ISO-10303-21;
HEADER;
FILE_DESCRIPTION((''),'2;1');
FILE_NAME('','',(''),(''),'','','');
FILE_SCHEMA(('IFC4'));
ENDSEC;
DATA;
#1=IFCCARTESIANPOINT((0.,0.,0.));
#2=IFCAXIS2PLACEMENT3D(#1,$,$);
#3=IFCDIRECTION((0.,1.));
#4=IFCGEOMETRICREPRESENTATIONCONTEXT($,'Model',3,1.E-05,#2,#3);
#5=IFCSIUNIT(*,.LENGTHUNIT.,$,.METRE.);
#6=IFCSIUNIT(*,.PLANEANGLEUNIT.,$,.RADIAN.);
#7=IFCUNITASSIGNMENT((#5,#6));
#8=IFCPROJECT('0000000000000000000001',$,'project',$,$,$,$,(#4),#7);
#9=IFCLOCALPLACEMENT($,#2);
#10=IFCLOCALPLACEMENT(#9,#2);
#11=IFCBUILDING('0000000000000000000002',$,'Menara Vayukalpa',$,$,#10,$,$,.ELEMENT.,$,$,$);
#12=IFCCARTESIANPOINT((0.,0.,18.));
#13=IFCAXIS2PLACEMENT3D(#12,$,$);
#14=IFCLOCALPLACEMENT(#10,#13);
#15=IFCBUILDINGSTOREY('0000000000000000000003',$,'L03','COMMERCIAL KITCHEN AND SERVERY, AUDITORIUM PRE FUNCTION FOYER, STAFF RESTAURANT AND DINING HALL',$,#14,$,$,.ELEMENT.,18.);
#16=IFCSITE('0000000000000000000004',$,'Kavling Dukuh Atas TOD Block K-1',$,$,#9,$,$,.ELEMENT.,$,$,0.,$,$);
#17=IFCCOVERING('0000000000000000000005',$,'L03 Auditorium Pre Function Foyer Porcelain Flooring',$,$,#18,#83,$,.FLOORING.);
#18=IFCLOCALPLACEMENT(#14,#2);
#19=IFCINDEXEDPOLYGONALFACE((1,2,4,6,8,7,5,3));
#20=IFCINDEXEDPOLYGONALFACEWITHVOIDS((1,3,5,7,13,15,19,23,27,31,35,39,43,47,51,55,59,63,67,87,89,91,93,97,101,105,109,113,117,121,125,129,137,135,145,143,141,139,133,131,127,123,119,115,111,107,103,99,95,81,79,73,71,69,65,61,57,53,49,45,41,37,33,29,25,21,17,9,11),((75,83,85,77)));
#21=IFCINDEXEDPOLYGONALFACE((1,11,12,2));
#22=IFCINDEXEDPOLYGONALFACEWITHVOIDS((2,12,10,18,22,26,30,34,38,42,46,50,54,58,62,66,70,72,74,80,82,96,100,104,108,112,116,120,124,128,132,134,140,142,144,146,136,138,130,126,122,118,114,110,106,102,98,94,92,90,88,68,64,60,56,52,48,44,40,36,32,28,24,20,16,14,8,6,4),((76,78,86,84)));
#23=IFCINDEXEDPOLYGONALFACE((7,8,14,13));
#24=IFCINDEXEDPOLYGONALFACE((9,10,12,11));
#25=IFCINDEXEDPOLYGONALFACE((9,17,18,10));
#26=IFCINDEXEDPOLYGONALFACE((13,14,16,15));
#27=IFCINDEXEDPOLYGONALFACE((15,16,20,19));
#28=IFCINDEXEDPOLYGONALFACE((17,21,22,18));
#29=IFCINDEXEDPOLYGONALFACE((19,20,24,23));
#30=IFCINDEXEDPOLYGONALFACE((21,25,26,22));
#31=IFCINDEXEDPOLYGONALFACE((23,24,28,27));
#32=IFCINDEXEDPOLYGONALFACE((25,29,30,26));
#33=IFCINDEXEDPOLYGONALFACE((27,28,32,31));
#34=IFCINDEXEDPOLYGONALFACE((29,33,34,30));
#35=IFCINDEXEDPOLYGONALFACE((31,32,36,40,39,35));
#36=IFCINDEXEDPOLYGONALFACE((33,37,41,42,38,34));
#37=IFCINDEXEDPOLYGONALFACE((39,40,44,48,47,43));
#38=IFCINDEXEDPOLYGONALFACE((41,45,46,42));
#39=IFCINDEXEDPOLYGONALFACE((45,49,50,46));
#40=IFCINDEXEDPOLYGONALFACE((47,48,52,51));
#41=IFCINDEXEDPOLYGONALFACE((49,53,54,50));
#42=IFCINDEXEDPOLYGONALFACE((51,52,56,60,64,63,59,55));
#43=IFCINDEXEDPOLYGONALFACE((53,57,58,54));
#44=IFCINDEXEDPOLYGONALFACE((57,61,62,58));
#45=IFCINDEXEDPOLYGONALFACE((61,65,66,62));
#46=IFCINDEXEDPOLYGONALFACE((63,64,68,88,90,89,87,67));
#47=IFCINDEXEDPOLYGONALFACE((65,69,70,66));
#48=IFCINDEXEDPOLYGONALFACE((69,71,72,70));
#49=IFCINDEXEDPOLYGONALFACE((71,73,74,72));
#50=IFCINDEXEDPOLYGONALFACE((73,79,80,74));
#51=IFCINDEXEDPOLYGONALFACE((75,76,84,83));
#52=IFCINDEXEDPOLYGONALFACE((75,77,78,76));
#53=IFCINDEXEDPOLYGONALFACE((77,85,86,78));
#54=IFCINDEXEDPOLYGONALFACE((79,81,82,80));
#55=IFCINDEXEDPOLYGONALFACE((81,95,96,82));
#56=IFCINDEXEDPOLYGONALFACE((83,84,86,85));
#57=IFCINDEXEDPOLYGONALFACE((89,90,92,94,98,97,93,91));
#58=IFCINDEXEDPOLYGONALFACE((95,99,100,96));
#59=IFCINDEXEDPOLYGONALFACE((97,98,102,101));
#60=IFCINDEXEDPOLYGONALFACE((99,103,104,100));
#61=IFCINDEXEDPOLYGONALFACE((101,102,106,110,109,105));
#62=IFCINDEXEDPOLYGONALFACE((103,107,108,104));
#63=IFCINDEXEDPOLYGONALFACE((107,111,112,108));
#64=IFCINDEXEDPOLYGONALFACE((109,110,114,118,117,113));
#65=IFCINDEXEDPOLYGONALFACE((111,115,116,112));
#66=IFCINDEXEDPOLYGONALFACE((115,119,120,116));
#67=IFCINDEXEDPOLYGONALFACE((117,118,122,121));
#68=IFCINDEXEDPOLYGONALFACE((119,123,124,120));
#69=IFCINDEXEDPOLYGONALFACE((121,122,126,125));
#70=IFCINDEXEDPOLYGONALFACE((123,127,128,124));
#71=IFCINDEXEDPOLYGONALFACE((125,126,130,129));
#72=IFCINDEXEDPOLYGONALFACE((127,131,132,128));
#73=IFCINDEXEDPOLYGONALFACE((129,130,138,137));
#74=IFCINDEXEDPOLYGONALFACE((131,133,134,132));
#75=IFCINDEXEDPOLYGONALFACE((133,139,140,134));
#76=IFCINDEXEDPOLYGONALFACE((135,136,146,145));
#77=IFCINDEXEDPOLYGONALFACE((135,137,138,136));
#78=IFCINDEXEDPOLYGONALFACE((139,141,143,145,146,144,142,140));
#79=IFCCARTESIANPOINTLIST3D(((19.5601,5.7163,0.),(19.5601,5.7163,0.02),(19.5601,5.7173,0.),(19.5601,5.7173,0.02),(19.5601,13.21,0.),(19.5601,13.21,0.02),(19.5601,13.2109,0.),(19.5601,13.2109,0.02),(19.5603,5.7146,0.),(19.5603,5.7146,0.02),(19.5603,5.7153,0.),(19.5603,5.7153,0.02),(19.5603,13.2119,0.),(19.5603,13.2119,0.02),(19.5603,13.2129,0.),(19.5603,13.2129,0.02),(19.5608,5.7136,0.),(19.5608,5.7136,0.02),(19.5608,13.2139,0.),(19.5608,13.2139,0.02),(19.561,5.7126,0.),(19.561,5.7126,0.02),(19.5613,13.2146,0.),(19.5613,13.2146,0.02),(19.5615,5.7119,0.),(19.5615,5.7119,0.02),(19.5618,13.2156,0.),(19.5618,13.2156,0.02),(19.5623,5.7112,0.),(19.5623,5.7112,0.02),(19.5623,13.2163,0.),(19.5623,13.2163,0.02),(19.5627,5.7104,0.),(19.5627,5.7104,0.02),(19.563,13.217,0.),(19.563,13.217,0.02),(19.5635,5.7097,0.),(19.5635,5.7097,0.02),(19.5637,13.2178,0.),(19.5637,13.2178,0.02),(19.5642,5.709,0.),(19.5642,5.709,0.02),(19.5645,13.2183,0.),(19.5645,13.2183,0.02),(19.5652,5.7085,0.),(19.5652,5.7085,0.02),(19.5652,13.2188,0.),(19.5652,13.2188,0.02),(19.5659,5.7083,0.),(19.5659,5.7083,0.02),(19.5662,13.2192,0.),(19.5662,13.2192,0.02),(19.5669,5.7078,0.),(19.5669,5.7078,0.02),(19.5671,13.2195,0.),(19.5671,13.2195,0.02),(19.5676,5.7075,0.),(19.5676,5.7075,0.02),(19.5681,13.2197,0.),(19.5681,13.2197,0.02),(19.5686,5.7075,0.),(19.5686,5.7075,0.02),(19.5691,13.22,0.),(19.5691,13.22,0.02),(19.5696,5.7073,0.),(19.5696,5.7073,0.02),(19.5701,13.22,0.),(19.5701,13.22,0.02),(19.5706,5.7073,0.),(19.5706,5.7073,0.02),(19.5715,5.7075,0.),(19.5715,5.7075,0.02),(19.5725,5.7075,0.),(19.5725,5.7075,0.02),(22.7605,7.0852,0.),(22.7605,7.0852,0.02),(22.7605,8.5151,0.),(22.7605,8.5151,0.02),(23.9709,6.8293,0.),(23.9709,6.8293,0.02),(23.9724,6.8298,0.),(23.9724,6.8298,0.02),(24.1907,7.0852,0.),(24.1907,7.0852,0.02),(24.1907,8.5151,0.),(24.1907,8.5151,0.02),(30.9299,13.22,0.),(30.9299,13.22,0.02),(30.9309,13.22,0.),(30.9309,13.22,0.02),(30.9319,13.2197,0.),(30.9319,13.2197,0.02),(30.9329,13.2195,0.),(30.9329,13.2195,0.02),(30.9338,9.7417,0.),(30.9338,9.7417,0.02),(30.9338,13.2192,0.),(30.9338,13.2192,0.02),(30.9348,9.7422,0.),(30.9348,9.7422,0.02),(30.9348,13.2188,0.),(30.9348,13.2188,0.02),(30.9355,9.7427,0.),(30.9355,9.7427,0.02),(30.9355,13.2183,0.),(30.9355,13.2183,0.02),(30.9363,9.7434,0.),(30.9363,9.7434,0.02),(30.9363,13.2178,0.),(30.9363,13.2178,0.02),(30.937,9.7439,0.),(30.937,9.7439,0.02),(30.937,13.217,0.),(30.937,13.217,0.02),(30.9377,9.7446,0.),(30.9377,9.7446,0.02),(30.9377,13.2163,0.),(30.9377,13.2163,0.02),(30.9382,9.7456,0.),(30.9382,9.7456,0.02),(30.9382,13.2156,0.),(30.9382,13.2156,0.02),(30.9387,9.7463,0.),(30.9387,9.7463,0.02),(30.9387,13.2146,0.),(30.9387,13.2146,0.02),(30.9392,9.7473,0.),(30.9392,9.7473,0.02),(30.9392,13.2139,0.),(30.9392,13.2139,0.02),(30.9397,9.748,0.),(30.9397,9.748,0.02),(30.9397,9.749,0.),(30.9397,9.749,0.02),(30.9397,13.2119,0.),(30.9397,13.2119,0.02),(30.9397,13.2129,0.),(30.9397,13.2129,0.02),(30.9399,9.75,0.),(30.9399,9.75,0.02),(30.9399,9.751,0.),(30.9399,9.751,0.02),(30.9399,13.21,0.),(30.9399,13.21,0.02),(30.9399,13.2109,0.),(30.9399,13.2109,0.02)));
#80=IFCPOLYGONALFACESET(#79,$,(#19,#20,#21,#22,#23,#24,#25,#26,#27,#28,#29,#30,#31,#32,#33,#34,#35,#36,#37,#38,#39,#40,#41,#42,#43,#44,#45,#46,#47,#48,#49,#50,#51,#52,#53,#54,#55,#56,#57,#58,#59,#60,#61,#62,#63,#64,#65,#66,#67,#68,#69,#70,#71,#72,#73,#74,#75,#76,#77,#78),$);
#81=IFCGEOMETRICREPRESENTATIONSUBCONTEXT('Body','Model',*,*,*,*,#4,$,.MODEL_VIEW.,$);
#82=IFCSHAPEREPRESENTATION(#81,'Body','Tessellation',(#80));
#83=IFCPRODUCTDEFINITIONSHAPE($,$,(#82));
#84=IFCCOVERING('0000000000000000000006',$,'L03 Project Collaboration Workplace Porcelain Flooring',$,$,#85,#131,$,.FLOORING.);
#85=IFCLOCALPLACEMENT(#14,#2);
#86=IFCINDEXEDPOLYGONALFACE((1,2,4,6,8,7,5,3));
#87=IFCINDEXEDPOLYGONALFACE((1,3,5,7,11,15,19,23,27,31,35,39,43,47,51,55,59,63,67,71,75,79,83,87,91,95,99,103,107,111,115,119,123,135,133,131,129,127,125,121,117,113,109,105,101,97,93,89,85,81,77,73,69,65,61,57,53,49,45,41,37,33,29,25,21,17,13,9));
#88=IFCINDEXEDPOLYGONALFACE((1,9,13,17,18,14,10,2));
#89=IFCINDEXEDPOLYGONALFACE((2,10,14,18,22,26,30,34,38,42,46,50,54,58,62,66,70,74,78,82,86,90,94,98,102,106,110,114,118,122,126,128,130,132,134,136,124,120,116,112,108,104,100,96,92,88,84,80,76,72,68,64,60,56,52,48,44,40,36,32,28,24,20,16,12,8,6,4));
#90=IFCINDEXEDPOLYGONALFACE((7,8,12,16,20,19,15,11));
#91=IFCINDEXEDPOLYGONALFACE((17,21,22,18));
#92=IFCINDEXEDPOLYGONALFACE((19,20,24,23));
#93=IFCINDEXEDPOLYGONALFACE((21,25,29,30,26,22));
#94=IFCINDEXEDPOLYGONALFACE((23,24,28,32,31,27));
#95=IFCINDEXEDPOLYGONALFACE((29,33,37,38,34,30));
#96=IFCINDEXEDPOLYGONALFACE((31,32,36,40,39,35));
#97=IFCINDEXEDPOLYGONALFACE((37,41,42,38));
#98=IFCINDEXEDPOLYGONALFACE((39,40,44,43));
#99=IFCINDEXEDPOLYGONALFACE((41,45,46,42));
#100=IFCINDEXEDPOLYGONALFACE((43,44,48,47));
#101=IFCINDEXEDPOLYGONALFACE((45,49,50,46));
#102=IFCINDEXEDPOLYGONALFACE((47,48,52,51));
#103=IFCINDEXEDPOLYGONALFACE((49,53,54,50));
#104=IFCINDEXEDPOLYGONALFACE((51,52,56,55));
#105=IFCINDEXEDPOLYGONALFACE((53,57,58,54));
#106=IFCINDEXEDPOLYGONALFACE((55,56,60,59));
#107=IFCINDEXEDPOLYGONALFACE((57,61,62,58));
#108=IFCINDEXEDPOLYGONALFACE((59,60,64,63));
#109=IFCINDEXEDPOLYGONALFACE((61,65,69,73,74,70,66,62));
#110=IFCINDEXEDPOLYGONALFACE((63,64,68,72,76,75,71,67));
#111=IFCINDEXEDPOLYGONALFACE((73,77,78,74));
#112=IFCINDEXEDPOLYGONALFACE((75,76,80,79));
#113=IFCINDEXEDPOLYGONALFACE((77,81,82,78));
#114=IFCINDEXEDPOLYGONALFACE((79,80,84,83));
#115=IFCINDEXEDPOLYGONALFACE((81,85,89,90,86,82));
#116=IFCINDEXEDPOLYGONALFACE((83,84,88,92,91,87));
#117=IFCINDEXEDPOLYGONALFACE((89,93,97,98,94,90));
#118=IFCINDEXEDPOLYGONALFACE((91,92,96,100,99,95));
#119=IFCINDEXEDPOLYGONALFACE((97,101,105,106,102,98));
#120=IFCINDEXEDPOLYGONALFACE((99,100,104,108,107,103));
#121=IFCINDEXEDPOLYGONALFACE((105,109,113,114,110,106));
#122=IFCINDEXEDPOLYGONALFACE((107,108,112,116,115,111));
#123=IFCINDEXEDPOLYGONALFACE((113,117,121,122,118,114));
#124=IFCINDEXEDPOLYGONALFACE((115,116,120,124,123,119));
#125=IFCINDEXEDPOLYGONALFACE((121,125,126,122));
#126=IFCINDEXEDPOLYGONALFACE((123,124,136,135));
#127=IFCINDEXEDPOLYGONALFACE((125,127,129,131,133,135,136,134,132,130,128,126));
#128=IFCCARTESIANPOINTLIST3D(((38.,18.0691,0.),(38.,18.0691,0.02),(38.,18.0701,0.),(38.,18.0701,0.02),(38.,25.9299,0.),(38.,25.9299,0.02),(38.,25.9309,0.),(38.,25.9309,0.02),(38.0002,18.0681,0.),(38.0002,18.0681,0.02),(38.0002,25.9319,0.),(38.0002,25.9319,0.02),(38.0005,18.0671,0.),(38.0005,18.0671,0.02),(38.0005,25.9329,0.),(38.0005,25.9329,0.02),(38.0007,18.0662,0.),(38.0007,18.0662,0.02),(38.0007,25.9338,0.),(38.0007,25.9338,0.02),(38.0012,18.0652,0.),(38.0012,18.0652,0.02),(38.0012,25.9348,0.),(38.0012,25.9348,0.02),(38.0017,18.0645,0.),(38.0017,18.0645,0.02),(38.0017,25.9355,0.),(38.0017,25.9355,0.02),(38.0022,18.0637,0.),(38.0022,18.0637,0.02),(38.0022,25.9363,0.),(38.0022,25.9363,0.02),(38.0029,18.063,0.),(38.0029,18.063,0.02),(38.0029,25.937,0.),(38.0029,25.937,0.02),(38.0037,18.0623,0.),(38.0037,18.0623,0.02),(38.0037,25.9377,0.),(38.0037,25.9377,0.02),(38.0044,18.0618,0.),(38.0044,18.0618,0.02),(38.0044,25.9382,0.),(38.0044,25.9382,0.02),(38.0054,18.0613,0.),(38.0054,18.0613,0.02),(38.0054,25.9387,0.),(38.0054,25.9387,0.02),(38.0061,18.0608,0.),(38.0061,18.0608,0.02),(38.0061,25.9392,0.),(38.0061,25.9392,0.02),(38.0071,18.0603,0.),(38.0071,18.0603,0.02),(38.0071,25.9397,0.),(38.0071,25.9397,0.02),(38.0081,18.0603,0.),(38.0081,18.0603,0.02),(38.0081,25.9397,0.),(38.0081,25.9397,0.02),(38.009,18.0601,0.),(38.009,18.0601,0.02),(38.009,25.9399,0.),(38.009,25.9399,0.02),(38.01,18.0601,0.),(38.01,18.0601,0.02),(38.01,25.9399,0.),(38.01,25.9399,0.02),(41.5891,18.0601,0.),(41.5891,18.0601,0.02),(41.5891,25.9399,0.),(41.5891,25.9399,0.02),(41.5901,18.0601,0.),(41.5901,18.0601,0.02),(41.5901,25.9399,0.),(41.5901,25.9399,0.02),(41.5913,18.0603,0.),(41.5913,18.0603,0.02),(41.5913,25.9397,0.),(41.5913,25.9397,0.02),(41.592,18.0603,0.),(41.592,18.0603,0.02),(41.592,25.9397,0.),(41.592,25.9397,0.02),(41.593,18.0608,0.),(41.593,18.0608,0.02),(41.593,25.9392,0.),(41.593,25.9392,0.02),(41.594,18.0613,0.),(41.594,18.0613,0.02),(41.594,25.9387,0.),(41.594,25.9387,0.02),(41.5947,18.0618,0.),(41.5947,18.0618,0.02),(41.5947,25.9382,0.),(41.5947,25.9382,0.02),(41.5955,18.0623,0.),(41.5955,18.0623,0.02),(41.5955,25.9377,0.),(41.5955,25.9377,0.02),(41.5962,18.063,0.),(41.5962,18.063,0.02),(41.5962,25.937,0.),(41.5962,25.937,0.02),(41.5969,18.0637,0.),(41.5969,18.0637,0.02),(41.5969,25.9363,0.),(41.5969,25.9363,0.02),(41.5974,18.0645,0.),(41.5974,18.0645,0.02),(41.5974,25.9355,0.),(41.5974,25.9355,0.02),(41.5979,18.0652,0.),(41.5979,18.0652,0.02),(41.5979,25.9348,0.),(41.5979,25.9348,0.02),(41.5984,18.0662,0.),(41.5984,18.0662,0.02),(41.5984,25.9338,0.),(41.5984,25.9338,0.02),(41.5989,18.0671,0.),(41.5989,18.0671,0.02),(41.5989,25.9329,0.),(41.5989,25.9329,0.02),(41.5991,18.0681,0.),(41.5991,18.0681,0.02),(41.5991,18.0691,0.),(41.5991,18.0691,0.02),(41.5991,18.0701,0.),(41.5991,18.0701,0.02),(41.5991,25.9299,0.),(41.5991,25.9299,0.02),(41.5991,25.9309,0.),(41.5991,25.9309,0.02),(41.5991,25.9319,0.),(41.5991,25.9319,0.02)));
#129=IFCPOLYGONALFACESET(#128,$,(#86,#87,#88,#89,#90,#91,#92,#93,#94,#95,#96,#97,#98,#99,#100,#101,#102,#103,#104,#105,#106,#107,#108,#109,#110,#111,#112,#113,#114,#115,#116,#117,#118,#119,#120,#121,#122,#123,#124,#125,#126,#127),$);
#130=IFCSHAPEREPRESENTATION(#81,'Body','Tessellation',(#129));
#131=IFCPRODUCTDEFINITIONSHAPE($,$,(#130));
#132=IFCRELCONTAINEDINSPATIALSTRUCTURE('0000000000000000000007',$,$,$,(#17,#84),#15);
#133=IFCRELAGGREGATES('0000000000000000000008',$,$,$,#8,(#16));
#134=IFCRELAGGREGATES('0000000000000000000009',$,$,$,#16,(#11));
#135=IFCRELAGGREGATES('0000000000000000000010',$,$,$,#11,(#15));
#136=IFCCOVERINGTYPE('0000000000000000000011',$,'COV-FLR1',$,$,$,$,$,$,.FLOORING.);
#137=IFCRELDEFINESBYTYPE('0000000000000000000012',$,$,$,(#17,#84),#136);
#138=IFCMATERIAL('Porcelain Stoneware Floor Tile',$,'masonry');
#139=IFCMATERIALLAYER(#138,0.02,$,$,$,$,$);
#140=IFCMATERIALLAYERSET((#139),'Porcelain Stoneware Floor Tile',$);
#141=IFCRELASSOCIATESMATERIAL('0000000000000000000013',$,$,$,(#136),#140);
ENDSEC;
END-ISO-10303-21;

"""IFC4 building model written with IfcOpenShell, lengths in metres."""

from ifc_helpers import new_model, si_unit, direction, frame, origin, place, context, subcontext, project, spatial, polyline, outline, extrude, material, layer, layer_set, type_object, element, save


model = new_model("IFC4")

# Units and contexts
model_context = context("Model", 3, precision=1e-05, world=origin(), true_north=direction((0.0, 1.0)))
body_context = subcontext(model_context, "Body", "Model", "MODEL_VIEW")
ifc_project = project(units=[si_unit("LENGTHUNIT", "METRE"), si_unit("PLANEANGLEUNIT", "RADIAN")], contexts=[model_context])

# Site, building, storey
site_placement = place(None, origin())
site = spatial("IfcSite", under=ifc_project, at=site_placement, Name="Kavling Dukuh Atas TOD Block K-1", CompositionType="ELEMENT", RefElevation=0.0)
building_placement = place(site_placement, origin())
building = spatial("IfcBuilding", under=site, at=building_placement, Name="Menara Vayukalpa", CompositionType="ELEMENT")
storey_placement = place(building_placement, frame((0.0, 0.0, 18.0)))
storey = spatial("IfcBuildingStorey", under=building, at=storey_placement, Name="L03", Description="COMMERCIAL KITCHEN AND SERVERY, AUDITORIUM PRE FUNCTION FOYER, STAFF RESTAURANT AND DINING HALL", CompositionType="ELEMENT", Elevation=18.0)

# Coverings
ifc_material_1 = material(Name="Porcelain Stoneware Floor Tile", Category="masonry")
ifc_layer_1 = layer(ifc_material_1, 0.02)
ifc_layer_set_1 = layer_set([ifc_layer_1], Name="Porcelain Stoneware Floor Tile")
covering_type_1 = type_object("IfcCoveringType", Name="COV-FLR1", PredefinedType="FLOORING", material=ifc_layer_set_1)
covering_1_placement = place(storey_placement, origin())
element("IfcCovering", 1, at=covering_1_placement, inside=storey, type_object=covering_type_1, Name="L03 Auditorium Pre Function Foyer Porcelain Flooring", PredefinedType="FLOORING", context=body_context, shape_type="SweptSolid", body=[
    extrude(outline(polyline([(19.5725, 5.7075), (19.5715, 5.7075), (19.5706, 5.7073), (19.5696, 5.7073), (19.5686, 5.7075), (19.5676, 5.7075), (19.5669, 5.7078), (19.5659, 5.7083), (19.5652, 5.7085), (19.5642, 5.709), (19.5635, 5.7097), (19.5627, 5.7104), (19.5623, 5.7112), (19.5615, 5.7119), (19.561, 5.7126), (19.5608, 5.7136), (19.5603, 5.7146), (19.5603, 5.7153), (19.5601, 5.7163), (19.5601, 5.7173), (19.5601, 13.21), (19.5601, 13.2109), (19.5603, 13.2119), (19.5603, 13.2129), (19.5608, 13.2139), (19.5613, 13.2146), (19.5618, 13.2156), (19.5623, 13.2163), (19.563, 13.217), (19.5637, 13.2178), (19.5645, 13.2183), (19.5652, 13.2188), (19.5662, 13.2192), (19.5671, 13.2195), (19.5681, 13.2197), (19.5691, 13.22), (19.5701, 13.22), (30.9299, 13.22), (30.9309, 13.22), (30.9319, 13.2197), (30.9329, 13.2195), (30.9338, 13.2192), (30.9348, 13.2188), (30.9355, 13.2183), (30.9363, 13.2178), (30.937, 13.217), (30.9377, 13.2163), (30.9382, 13.2156), (30.9387, 13.2146), (30.9392, 13.2139), (30.9397, 13.2129), (30.9397, 13.2119), (30.9399, 13.2109), (30.9399, 13.21), (30.9399, 9.751), (30.9399, 9.75), (30.9397, 9.749), (30.9397, 9.748), (30.9392, 9.7473), (30.9387, 9.7463), (30.9382, 9.7456), (30.9377, 9.7446), (30.937, 9.7439), (30.9363, 9.7434), (30.9355, 9.7427), (30.9348, 9.7422), (30.9338, 9.7417), (23.9724, 6.8298), (23.9709, 6.8293), (19.5725, 5.7075)]), holes=[polyline([(24.1907, 8.5151), (22.7605, 8.5151), (22.7605, 7.0852), (24.1907, 7.0852), (24.1907, 8.5151)])]), origin(), (0.0, 0.0, 1.0), 0.02),
])
covering_2_placement = place(storey_placement, origin())
element("IfcCovering", 2, at=covering_2_placement, inside=storey, type_object=covering_type_1, Name="L03 Project Collaboration Workplace Porcelain Flooring", PredefinedType="FLOORING", context=body_context, shape_type="SweptSolid", body=[
    extrude(outline(polyline([(41.5991, 18.0691), (41.5991, 18.0681), (41.5989, 18.0671), (41.5984, 18.0662), (41.5979, 18.0652), (41.5974, 18.0645), (41.5969, 18.0637), (41.5962, 18.063), (41.5955, 18.0623), (41.5947, 18.0618), (41.594, 18.0613), (41.593, 18.0608), (41.592, 18.0603), (41.5913, 18.0603), (41.5901, 18.0601), (41.5891, 18.0601), (38.01, 18.0601), (38.009, 18.0601), (38.0081, 18.0603), (38.0071, 18.0603), (38.0061, 18.0608), (38.0054, 18.0613), (38.0044, 18.0618), (38.0037, 18.0623), (38.0029, 18.063), (38.0022, 18.0637), (38.0017, 18.0645), (38.0012, 18.0652), (38.0007, 18.0662), (38.0005, 18.0671), (38.0002, 18.0681), (38.0, 18.0691), (38.0, 18.0701), (38.0, 25.9299), (38.0, 25.9309), (38.0002, 25.9319), (38.0005, 25.9329), (38.0007, 25.9338), (38.0012, 25.9348), (38.0017, 25.9355), (38.0022, 25.9363), (38.0029, 25.937), (38.0037, 25.9377), (38.0044, 25.9382), (38.0054, 25.9387), (38.0061, 25.9392), (38.0071, 25.9397), (38.0081, 25.9397), (38.009, 25.9399), (38.01, 25.9399), (41.5891, 25.9399), (41.5901, 25.9399), (41.5913, 25.9397), (41.592, 25.9397), (41.593, 25.9392), (41.594, 25.9387), (41.5947, 25.9382), (41.5955, 25.9377), (41.5962, 25.937), (41.5969, 25.9363), (41.5974, 25.9355), (41.5979, 25.9348), (41.5984, 25.9338), (41.5989, 25.9329), (41.5991, 25.9319), (41.5991, 25.9309), (41.5991, 25.9299), (41.5991, 18.0701), (41.5991, 18.0691)])), origin(), (0.0, 0.0, 1.0), 0.02),
])

save(model, "model.ifc")
